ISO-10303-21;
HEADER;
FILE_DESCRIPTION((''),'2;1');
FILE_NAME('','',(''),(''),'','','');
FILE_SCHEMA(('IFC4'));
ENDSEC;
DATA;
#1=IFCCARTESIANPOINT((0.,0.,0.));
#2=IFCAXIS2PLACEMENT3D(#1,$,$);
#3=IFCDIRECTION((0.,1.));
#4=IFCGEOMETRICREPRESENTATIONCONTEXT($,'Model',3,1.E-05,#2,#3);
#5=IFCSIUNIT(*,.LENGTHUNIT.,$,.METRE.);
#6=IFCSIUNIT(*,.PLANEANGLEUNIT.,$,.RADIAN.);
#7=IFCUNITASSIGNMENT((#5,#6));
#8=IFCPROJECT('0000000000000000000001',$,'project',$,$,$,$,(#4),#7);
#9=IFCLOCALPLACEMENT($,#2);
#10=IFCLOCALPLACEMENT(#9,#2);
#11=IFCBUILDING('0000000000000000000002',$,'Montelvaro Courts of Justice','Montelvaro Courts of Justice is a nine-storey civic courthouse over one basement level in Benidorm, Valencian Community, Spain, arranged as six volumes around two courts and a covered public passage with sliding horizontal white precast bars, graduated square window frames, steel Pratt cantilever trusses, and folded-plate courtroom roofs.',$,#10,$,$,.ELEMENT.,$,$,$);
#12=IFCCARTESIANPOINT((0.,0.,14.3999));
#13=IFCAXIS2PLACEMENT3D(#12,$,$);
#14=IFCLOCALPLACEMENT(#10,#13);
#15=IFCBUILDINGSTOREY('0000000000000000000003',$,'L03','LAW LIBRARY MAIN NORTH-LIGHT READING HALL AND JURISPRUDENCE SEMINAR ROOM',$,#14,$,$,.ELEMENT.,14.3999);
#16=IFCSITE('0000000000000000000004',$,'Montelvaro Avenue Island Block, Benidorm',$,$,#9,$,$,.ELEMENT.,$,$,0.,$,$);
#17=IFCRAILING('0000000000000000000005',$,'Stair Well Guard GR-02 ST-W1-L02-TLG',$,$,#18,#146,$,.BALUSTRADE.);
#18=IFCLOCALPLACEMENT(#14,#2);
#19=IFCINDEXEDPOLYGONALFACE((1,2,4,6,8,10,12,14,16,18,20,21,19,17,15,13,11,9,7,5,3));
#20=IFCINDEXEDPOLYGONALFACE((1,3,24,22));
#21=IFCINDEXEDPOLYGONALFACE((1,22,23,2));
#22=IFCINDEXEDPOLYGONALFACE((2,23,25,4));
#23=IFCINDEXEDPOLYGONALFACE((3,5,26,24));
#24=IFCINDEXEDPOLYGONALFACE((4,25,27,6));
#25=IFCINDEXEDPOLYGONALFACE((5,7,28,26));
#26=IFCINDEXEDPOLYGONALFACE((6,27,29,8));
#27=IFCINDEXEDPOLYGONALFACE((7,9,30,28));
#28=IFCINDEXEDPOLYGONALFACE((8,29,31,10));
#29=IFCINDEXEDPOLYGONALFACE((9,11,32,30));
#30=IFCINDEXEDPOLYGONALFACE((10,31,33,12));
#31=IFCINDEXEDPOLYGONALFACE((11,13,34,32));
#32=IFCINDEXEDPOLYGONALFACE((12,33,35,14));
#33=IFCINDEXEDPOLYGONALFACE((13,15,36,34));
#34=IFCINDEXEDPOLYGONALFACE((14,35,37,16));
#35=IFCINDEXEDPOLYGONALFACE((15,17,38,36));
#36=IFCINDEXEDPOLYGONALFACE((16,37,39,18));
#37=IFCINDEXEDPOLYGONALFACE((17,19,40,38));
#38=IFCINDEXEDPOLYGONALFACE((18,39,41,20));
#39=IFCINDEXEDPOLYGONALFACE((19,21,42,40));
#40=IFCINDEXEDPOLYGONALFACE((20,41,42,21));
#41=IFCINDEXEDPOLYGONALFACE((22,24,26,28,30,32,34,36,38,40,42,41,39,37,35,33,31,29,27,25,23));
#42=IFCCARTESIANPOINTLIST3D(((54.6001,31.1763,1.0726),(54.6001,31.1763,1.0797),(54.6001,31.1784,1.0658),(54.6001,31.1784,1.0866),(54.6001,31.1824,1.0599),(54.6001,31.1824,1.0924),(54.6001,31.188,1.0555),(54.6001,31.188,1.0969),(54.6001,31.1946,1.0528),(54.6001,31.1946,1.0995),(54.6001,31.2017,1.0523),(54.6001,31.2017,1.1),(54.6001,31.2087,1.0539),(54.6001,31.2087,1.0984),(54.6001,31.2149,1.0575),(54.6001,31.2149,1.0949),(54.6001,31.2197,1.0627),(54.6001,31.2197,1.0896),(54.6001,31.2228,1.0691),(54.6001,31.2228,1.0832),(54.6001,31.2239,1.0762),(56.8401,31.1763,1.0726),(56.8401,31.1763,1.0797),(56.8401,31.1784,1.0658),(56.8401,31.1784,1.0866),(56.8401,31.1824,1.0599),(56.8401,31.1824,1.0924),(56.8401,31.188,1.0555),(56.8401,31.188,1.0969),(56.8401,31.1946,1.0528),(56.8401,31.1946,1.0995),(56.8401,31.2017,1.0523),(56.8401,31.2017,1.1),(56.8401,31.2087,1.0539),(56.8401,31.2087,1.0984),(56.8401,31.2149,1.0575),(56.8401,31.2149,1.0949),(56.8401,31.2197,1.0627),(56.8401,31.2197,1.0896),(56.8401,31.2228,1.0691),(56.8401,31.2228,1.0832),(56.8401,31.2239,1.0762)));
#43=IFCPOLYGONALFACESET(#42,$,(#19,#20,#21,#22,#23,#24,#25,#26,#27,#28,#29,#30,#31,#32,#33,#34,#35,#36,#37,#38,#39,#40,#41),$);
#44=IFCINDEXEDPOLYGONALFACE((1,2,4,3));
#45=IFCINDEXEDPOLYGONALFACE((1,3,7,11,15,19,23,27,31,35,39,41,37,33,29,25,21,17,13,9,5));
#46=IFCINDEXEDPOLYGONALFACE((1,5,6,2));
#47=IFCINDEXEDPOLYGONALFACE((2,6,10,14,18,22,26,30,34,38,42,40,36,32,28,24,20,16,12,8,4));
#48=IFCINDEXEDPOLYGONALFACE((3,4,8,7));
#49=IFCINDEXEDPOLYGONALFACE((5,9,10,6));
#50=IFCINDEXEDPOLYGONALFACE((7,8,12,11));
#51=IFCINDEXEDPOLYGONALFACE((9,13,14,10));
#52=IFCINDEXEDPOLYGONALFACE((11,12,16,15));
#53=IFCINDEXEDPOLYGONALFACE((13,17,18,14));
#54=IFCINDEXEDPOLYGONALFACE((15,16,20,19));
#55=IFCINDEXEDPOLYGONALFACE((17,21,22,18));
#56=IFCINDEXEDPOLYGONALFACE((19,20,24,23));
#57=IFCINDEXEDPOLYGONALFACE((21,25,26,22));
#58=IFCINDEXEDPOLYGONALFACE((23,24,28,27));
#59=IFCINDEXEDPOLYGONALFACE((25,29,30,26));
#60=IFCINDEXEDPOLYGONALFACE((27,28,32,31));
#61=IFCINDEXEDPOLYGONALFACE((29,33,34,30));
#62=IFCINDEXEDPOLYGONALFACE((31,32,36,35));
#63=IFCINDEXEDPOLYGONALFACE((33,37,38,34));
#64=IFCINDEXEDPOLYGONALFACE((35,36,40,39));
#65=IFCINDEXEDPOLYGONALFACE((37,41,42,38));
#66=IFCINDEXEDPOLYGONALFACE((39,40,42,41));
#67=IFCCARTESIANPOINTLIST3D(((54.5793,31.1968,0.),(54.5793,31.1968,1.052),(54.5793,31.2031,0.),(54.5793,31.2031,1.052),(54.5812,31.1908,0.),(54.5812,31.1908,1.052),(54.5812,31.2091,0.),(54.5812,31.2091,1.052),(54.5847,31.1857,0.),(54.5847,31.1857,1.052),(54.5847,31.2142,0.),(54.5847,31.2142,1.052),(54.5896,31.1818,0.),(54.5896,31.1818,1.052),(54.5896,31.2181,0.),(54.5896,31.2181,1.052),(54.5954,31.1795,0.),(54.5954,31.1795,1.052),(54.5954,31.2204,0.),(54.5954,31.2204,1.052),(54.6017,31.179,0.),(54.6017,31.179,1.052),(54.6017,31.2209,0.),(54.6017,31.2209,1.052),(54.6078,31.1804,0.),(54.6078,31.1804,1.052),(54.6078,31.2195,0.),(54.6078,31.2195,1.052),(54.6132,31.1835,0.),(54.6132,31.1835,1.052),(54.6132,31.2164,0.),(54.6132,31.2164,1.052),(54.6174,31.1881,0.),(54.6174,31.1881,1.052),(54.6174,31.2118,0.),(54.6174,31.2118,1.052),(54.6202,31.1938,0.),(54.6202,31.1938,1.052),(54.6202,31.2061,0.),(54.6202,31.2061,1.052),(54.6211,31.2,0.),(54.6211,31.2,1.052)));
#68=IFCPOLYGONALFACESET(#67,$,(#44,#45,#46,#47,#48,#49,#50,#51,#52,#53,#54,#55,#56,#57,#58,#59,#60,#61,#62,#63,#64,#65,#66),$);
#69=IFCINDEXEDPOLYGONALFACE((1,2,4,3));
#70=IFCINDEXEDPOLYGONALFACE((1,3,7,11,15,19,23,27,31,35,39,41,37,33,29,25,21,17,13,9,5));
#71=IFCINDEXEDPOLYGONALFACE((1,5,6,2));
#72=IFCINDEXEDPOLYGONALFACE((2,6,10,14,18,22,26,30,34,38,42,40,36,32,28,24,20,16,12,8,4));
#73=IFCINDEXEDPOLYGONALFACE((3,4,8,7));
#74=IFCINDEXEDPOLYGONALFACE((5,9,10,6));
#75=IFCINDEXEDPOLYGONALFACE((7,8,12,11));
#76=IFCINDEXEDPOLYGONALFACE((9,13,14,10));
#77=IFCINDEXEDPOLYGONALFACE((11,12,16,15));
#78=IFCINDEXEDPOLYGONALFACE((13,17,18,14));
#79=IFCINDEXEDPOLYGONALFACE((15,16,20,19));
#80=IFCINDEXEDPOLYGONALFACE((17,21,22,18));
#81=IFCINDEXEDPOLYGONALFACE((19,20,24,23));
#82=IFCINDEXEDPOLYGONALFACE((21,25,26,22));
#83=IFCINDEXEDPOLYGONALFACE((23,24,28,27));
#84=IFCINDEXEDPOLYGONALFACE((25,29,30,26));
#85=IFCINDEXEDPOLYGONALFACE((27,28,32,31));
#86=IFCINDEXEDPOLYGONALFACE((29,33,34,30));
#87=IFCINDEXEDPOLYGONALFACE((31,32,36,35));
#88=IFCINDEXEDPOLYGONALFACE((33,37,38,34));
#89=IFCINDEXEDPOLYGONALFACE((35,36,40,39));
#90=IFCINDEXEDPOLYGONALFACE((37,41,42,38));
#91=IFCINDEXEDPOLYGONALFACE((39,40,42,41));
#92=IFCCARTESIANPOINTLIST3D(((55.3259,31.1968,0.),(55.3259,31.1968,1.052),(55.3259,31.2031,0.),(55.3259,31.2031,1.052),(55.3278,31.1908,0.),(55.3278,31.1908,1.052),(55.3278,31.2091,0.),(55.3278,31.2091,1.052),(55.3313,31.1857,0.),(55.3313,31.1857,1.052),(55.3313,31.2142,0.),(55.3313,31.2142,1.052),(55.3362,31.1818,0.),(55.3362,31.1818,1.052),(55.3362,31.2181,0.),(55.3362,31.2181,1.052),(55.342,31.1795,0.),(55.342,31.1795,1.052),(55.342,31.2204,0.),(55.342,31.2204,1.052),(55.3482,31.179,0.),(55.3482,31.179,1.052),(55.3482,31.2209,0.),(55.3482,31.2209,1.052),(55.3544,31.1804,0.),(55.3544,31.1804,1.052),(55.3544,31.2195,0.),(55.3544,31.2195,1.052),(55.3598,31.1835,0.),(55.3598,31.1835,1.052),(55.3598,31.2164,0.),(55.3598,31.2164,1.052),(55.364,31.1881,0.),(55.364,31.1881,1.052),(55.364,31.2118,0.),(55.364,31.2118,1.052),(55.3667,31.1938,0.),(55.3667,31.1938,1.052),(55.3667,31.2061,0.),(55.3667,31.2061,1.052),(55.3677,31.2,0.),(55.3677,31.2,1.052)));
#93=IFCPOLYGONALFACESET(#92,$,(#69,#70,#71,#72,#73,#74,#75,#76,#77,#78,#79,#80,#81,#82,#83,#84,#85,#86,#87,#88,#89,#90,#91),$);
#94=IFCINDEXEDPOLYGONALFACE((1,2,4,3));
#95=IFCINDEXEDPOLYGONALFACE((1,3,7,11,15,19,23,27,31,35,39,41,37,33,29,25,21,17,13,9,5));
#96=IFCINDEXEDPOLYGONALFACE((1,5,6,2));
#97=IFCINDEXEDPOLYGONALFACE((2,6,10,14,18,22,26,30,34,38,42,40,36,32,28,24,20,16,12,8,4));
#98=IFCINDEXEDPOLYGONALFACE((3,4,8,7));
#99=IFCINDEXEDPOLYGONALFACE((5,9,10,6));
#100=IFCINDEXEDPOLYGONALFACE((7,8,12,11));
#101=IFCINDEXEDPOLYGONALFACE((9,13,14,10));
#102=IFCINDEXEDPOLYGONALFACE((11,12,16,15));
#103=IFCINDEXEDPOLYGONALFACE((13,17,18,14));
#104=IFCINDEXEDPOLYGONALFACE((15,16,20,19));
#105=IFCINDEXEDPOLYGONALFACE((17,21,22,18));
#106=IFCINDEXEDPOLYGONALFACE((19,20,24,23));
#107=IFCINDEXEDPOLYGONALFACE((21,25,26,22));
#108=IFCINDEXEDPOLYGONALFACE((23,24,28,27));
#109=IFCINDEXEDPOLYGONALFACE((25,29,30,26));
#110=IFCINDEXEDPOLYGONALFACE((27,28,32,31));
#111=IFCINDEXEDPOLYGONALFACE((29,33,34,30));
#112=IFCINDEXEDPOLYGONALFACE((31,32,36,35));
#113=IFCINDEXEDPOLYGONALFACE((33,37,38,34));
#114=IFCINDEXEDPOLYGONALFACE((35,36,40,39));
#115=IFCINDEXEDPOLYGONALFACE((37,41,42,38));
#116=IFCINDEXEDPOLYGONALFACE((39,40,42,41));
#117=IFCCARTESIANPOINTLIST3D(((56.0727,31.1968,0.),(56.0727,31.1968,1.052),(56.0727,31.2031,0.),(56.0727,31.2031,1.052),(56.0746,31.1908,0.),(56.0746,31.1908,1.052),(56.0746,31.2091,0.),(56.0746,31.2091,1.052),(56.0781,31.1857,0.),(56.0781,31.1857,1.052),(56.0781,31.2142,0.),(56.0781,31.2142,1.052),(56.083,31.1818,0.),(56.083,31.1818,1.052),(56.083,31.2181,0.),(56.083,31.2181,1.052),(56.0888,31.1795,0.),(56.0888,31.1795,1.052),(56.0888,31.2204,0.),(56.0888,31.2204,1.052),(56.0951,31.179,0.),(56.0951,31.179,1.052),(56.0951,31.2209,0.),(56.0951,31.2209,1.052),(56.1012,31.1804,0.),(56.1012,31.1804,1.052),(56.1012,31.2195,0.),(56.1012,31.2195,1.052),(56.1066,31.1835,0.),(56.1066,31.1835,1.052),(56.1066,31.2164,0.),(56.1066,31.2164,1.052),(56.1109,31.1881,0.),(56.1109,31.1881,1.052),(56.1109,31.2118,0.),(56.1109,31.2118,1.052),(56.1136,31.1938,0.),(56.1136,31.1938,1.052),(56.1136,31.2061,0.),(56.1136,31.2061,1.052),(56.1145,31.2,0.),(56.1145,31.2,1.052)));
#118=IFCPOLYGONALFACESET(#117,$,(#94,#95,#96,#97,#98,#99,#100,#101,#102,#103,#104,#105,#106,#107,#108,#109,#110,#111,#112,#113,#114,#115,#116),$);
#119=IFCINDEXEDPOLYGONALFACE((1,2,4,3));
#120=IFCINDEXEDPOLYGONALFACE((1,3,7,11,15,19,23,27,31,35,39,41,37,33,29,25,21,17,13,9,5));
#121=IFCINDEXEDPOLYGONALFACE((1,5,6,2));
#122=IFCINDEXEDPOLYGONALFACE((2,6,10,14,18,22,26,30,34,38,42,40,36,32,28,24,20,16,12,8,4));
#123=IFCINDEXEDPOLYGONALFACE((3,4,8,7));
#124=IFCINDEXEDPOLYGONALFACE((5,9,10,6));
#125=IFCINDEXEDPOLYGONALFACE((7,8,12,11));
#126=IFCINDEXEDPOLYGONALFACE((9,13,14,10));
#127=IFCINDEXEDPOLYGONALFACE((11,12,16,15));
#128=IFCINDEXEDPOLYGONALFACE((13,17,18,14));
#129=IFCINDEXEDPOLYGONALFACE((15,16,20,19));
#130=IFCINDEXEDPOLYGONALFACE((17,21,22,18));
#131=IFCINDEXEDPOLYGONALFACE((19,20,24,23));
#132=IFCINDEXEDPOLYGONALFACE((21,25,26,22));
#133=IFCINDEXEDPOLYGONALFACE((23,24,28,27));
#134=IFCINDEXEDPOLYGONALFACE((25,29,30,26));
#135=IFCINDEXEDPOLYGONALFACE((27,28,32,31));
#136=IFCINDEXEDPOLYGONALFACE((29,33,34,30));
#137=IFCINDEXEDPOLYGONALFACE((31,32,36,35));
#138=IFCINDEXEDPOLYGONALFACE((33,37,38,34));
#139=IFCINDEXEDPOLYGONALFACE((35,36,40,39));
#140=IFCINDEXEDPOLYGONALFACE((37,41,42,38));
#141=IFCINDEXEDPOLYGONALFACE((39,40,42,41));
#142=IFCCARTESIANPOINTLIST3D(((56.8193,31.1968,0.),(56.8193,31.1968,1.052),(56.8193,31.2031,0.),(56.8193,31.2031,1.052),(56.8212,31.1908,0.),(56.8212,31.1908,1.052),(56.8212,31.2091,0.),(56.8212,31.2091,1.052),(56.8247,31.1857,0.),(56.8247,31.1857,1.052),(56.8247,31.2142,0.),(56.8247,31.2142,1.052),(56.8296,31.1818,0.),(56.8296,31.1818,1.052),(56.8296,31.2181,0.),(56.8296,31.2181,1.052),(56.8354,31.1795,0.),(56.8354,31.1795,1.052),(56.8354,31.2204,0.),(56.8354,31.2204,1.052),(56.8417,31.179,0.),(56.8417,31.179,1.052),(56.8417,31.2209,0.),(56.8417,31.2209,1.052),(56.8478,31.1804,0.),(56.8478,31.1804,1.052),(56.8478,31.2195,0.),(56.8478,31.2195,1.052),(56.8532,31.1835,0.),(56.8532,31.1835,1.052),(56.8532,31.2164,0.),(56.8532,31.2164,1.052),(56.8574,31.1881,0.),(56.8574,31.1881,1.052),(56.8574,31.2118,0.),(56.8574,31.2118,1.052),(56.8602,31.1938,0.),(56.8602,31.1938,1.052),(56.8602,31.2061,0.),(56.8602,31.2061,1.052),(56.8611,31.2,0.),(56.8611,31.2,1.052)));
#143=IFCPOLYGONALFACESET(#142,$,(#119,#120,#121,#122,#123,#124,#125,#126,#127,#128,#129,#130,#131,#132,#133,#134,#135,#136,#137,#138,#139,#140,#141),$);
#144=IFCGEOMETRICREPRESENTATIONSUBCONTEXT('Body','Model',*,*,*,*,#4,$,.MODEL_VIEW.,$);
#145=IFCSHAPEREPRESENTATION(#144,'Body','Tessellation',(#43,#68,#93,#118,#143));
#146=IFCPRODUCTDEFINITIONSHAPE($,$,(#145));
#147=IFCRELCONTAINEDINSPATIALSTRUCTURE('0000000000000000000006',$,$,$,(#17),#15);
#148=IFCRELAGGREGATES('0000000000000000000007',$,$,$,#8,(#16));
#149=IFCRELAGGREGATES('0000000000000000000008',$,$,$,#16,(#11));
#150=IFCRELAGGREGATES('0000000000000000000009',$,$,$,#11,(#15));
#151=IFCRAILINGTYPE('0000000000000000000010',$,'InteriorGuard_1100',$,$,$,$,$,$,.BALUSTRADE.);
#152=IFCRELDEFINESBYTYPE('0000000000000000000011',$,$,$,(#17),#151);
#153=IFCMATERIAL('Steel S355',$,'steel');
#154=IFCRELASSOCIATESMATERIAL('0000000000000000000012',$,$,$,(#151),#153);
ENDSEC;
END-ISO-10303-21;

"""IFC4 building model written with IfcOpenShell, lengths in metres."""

from ifc_helpers import new_model, si_unit, direction, frame, origin, origin_2d, place, context, subcontext, project, spatial, circle, extrude, material, type_object, element, save


model = new_model("IFC4")

# Units and contexts
model_context = context("Model", 3, precision=1e-05, world=origin(), true_north=direction((0.0, 1.0)))
body_context = subcontext(model_context, "Body", "Model", "MODEL_VIEW")
ifc_project = project(units=[si_unit("LENGTHUNIT", "METRE"), si_unit("PLANEANGLEUNIT", "RADIAN")], contexts=[model_context])

# Site, building, storey
site_placement = place(None, origin())
site = spatial("IfcSite", under=ifc_project, at=site_placement, Name="Montelvaro Avenue Island Block, Benidorm", CompositionType="ELEMENT", RefElevation=0.0)
building_placement = place(site_placement, origin())
building = spatial("IfcBuilding", under=site, at=building_placement, Name="Montelvaro Courts of Justice", Description="Montelvaro Courts of Justice is a nine-storey civic courthouse over one basement level in Benidorm, Valencian Community, Spain, arranged as six volumes around two courts and a covered public passage with sliding horizontal white precast bars, graduated square window frames, steel Pratt cantilever trusses, and folded-plate courtroom roofs.", CompositionType="ELEMENT")
storey_placement = place(building_placement, frame((0.0, 0.0, 14.3999)))
storey = spatial("IfcBuildingStorey", under=building, at=storey_placement, Name="L03", Description="LAW LIBRARY MAIN NORTH-LIGHT READING HALL AND JURISPRUDENCE SEMINAR ROOM", CompositionType="ELEMENT", Elevation=14.3999)

# Shared definitions
ifc_material_1 = material(Name="Steel S355", Category="steel")

# Railing
railing_type = type_object("IfcRailingType", Name="InteriorGuard_1100", PredefinedType="BALUSTRADE", material=ifc_material_1)
railing_placement = place(storey_placement, frame((54.6001, 31.2, 0.0)))
element("IfcRailing", 1, at=railing_placement, inside=storey, type_object=railing_type, Name="Stair Well Guard GR-02 ST-W1-L02-TLG", PredefinedType="BALUSTRADE", context=body_context, shape_type="SweptSolid", body=[
    extrude(circle(Radius=0.0239, at=origin_2d()), frame((0.0, 0.0, 1.0762), z_axis=(1.0, 0.0, 0.0), x_axis=(0.0, 1.0, 0.0)), (0.0, 0.0, 1.0), 2.24),
    extrude(circle(Radius=0.021, at=origin_2d()), origin(), (0.0, 0.0, 1.0), 1.052),
    extrude(circle(Radius=0.021, at=origin_2d()), frame((0.7466, 0.0, 0.0)), (0.0, 0.0, 1.0), 1.052),
    extrude(circle(Radius=0.021, at=origin_2d()), frame((1.4934, 0.0, 0.0)), (0.0, 0.0, 1.0), 1.052),
    extrude(circle(Radius=0.021, at=origin_2d()), frame((2.24, 0.0, 0.0)), (0.0, 0.0, 1.0), 1.052),
])

save(model, "model.ifc")
